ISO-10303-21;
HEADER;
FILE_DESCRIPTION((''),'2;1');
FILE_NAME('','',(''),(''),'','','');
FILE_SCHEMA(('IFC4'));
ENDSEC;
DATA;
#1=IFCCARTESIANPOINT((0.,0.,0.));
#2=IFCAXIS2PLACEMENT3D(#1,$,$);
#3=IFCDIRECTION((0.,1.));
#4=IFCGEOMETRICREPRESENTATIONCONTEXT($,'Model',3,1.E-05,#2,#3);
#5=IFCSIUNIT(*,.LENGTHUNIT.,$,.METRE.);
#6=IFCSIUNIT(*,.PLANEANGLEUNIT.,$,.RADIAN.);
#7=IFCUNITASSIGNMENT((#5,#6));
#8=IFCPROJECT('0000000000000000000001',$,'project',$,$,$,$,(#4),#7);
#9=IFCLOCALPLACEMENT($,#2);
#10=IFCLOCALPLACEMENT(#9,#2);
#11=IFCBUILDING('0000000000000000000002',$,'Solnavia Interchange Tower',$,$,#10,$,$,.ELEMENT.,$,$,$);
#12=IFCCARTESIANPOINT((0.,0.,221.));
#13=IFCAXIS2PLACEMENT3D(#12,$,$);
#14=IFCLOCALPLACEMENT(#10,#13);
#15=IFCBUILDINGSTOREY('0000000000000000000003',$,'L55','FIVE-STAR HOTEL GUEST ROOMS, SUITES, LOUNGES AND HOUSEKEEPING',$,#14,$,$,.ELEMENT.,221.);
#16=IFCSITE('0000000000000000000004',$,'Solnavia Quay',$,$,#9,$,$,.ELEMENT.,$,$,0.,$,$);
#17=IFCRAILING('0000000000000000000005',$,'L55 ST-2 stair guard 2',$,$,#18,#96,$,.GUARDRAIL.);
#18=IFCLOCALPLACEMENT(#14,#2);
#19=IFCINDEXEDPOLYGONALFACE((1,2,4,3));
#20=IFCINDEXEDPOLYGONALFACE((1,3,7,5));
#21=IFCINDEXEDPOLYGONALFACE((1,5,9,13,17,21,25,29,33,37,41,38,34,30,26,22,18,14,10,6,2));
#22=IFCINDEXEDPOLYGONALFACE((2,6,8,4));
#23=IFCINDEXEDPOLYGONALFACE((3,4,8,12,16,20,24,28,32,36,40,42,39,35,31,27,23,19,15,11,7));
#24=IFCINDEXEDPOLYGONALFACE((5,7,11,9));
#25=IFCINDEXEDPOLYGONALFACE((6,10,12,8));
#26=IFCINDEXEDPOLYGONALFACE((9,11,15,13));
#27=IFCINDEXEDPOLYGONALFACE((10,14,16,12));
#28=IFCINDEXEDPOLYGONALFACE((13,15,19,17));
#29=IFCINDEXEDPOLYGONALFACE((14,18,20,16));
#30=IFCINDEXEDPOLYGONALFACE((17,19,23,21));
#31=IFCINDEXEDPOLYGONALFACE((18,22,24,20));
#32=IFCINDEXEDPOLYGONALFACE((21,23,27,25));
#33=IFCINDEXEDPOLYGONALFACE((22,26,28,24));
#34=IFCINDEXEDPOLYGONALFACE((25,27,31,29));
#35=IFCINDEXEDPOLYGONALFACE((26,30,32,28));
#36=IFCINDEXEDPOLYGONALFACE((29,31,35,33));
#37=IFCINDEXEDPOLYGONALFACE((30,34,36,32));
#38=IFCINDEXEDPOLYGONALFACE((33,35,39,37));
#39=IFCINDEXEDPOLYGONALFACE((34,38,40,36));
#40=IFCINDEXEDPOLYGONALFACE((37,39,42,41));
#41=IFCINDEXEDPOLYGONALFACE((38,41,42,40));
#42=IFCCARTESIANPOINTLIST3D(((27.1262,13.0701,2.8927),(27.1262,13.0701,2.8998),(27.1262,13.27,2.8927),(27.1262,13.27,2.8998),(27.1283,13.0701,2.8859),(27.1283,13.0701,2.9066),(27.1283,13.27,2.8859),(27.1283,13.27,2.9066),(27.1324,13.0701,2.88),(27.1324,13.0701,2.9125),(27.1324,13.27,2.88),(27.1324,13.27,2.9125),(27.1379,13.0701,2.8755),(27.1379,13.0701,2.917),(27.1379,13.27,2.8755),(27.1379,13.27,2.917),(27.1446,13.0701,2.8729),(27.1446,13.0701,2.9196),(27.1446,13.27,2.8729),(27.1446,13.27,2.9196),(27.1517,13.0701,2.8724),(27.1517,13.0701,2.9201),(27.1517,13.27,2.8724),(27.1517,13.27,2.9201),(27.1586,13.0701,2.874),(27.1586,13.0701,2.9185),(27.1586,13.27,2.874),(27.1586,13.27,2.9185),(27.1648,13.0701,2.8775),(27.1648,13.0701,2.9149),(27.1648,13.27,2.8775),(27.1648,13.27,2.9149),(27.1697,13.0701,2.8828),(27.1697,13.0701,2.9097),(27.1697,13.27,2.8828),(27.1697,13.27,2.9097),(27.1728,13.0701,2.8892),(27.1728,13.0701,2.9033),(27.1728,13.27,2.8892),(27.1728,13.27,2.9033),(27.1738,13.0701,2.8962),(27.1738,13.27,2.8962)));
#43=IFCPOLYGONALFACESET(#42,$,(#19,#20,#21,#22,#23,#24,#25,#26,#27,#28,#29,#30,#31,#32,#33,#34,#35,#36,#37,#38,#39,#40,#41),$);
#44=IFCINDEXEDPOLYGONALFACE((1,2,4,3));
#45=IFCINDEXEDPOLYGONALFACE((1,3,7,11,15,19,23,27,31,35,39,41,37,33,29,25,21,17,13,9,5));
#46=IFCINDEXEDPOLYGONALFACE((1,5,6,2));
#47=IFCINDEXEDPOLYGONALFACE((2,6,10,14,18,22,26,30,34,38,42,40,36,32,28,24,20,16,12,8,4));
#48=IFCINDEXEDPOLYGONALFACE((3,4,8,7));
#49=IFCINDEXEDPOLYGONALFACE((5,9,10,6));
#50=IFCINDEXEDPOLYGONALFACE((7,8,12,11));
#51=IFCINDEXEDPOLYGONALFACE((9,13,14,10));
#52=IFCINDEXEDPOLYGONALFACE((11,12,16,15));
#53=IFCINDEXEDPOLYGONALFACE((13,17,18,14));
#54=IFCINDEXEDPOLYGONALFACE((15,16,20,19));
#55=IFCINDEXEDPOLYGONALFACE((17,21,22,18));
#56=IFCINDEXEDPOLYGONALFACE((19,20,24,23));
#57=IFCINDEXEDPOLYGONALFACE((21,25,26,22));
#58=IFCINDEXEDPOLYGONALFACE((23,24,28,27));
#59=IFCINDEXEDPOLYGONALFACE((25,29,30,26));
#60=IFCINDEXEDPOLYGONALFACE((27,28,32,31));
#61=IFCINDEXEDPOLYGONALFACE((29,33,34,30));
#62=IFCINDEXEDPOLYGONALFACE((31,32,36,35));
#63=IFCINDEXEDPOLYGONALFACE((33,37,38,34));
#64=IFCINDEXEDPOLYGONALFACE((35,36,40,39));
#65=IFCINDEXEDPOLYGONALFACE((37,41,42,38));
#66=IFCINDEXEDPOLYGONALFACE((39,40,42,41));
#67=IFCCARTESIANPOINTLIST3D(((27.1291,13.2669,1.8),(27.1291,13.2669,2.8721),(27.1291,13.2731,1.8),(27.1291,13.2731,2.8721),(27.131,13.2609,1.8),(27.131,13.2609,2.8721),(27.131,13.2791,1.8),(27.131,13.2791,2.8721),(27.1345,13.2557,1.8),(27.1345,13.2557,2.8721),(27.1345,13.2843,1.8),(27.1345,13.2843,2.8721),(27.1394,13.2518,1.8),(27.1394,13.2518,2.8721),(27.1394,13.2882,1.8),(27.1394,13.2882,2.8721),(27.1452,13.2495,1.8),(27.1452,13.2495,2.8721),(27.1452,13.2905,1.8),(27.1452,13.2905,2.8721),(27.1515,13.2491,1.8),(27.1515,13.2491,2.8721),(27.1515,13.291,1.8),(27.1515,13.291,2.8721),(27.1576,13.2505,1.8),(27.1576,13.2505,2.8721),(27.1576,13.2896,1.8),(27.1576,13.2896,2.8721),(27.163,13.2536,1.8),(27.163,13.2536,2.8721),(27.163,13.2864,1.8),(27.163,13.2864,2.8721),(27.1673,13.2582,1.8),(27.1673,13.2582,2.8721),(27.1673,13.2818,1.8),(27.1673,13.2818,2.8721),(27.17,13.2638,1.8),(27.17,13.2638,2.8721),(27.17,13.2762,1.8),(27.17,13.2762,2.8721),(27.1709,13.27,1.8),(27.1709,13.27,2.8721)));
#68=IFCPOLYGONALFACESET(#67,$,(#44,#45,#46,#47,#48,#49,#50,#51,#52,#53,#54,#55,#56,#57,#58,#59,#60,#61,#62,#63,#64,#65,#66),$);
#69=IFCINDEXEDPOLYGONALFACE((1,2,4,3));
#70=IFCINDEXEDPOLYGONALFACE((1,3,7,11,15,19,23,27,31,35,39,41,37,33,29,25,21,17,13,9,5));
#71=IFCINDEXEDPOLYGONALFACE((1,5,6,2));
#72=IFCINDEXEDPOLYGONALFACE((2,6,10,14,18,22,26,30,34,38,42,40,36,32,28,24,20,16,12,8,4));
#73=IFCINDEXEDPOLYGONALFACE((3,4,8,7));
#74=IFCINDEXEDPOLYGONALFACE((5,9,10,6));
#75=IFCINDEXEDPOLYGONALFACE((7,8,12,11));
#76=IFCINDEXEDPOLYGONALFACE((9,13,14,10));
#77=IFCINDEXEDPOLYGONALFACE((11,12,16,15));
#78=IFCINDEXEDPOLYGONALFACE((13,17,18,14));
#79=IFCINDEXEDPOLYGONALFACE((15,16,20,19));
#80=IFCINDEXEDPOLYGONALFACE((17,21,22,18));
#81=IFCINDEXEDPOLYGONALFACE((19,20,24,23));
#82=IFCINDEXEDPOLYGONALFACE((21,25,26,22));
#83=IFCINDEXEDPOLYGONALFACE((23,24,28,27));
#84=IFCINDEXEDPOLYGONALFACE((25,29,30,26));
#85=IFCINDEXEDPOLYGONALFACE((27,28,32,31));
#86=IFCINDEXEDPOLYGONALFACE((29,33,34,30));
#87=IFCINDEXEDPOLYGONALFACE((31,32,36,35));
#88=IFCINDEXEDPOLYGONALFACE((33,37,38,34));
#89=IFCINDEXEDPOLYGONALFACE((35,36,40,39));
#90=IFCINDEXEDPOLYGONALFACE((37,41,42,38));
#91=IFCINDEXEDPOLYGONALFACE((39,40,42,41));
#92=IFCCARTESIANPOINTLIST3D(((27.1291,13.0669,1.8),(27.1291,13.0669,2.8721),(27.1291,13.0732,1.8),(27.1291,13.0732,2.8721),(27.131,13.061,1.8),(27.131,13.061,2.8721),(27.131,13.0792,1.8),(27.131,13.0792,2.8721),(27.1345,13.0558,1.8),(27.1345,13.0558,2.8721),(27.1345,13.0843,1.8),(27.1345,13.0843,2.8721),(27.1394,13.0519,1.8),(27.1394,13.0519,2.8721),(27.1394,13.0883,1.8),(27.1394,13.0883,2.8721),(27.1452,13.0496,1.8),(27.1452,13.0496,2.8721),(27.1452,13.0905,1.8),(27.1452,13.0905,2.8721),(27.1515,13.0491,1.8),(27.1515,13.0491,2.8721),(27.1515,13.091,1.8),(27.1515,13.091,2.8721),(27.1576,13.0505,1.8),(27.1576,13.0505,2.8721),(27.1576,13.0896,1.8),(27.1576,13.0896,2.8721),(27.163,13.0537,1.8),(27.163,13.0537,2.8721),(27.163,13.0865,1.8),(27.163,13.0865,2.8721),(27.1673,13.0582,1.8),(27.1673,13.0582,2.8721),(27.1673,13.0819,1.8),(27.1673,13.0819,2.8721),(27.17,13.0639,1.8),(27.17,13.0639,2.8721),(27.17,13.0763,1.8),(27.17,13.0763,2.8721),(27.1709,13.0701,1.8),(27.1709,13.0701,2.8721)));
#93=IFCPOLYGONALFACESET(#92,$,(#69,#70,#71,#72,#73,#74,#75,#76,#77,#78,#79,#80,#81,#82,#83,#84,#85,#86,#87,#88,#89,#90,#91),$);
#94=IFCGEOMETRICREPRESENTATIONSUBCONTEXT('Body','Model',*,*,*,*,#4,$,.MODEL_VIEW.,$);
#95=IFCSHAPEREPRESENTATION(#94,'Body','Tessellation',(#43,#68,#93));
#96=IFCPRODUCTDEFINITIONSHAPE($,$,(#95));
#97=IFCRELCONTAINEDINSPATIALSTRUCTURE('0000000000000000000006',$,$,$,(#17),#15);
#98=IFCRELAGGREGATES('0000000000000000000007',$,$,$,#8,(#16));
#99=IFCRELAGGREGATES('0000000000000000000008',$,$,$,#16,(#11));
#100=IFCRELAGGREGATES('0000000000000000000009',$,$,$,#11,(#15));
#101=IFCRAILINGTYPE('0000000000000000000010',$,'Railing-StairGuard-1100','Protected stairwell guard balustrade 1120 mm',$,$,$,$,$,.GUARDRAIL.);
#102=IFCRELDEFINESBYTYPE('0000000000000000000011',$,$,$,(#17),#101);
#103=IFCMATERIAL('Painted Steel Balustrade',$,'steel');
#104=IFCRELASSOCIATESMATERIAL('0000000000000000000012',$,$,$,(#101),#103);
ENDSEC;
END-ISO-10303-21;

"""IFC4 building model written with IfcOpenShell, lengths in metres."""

from ifc_helpers import new_model, si_unit, direction, frame, origin, origin_2d, place, context, subcontext, project, spatial, circle, extrude, material, type_object, element, save


model = new_model("IFC4")

# Units and contexts
model_context = context("Model", 3, precision=1e-05, world=origin(), true_north=direction((0.0, 1.0)))
body_context = subcontext(model_context, "Body", "Model", "MODEL_VIEW")
ifc_project = project(units=[si_unit("LENGTHUNIT", "METRE"), si_unit("PLANEANGLEUNIT", "RADIAN")], contexts=[model_context])

# Site, building, storey
site_placement = place(None, origin())
site = spatial("IfcSite", under=ifc_project, at=site_placement, Name="Solnavia Quay", CompositionType="ELEMENT", RefElevation=0.0)
building_placement = place(site_placement, origin())
building = spatial("IfcBuilding", under=site, at=building_placement, Name="Solnavia Interchange Tower", CompositionType="ELEMENT")
storey_placement = place(building_placement, frame((0.0, 0.0, 221.0)))
storey = spatial("IfcBuildingStorey", under=building, at=storey_placement, Name="L55", Description="FIVE-STAR HOTEL GUEST ROOMS, SUITES, LOUNGES AND HOUSEKEEPING", CompositionType="ELEMENT", Elevation=221.0)

# Railing
ifc_material_1 = material(Name="Painted Steel Balustrade", Category="steel")
railing_type_1 = type_object("IfcRailingType", Name="Railing-StairGuard-1100", Description="Protected stairwell guard balustrade 1120 mm", PredefinedType="GUARDRAIL", material=ifc_material_1)
railing_1_placement = place(storey_placement, frame((27.1499, 13.27, 1.8)))
element("IfcRailing", 1, at=railing_1_placement, inside=storey, type_object=railing_type_1, Name="L55 ST-2 stair guard 2", PredefinedType="GUARDRAIL", context=body_context, shape_type="SweptSolid", body=[
    extrude(circle(Radius=0.0239, at=origin_2d()), frame((0.0, 0.0, 1.0962), z_axis=(0.0, -1.0, 0.0), x_axis=(1.0, 0.0, 0.0)), (0.0, 0.0, 1.0), 0.2),
    extrude(circle(Radius=0.021, at=origin_2d()), origin(), (0.0, 0.0, 1.0), 1.072),
    extrude(circle(Radius=0.021, at=origin_2d()), frame((0.0, -0.2, 0.0)), (0.0, 0.0, 1.0), 1.072),
])

save(model, "model.ifc")
